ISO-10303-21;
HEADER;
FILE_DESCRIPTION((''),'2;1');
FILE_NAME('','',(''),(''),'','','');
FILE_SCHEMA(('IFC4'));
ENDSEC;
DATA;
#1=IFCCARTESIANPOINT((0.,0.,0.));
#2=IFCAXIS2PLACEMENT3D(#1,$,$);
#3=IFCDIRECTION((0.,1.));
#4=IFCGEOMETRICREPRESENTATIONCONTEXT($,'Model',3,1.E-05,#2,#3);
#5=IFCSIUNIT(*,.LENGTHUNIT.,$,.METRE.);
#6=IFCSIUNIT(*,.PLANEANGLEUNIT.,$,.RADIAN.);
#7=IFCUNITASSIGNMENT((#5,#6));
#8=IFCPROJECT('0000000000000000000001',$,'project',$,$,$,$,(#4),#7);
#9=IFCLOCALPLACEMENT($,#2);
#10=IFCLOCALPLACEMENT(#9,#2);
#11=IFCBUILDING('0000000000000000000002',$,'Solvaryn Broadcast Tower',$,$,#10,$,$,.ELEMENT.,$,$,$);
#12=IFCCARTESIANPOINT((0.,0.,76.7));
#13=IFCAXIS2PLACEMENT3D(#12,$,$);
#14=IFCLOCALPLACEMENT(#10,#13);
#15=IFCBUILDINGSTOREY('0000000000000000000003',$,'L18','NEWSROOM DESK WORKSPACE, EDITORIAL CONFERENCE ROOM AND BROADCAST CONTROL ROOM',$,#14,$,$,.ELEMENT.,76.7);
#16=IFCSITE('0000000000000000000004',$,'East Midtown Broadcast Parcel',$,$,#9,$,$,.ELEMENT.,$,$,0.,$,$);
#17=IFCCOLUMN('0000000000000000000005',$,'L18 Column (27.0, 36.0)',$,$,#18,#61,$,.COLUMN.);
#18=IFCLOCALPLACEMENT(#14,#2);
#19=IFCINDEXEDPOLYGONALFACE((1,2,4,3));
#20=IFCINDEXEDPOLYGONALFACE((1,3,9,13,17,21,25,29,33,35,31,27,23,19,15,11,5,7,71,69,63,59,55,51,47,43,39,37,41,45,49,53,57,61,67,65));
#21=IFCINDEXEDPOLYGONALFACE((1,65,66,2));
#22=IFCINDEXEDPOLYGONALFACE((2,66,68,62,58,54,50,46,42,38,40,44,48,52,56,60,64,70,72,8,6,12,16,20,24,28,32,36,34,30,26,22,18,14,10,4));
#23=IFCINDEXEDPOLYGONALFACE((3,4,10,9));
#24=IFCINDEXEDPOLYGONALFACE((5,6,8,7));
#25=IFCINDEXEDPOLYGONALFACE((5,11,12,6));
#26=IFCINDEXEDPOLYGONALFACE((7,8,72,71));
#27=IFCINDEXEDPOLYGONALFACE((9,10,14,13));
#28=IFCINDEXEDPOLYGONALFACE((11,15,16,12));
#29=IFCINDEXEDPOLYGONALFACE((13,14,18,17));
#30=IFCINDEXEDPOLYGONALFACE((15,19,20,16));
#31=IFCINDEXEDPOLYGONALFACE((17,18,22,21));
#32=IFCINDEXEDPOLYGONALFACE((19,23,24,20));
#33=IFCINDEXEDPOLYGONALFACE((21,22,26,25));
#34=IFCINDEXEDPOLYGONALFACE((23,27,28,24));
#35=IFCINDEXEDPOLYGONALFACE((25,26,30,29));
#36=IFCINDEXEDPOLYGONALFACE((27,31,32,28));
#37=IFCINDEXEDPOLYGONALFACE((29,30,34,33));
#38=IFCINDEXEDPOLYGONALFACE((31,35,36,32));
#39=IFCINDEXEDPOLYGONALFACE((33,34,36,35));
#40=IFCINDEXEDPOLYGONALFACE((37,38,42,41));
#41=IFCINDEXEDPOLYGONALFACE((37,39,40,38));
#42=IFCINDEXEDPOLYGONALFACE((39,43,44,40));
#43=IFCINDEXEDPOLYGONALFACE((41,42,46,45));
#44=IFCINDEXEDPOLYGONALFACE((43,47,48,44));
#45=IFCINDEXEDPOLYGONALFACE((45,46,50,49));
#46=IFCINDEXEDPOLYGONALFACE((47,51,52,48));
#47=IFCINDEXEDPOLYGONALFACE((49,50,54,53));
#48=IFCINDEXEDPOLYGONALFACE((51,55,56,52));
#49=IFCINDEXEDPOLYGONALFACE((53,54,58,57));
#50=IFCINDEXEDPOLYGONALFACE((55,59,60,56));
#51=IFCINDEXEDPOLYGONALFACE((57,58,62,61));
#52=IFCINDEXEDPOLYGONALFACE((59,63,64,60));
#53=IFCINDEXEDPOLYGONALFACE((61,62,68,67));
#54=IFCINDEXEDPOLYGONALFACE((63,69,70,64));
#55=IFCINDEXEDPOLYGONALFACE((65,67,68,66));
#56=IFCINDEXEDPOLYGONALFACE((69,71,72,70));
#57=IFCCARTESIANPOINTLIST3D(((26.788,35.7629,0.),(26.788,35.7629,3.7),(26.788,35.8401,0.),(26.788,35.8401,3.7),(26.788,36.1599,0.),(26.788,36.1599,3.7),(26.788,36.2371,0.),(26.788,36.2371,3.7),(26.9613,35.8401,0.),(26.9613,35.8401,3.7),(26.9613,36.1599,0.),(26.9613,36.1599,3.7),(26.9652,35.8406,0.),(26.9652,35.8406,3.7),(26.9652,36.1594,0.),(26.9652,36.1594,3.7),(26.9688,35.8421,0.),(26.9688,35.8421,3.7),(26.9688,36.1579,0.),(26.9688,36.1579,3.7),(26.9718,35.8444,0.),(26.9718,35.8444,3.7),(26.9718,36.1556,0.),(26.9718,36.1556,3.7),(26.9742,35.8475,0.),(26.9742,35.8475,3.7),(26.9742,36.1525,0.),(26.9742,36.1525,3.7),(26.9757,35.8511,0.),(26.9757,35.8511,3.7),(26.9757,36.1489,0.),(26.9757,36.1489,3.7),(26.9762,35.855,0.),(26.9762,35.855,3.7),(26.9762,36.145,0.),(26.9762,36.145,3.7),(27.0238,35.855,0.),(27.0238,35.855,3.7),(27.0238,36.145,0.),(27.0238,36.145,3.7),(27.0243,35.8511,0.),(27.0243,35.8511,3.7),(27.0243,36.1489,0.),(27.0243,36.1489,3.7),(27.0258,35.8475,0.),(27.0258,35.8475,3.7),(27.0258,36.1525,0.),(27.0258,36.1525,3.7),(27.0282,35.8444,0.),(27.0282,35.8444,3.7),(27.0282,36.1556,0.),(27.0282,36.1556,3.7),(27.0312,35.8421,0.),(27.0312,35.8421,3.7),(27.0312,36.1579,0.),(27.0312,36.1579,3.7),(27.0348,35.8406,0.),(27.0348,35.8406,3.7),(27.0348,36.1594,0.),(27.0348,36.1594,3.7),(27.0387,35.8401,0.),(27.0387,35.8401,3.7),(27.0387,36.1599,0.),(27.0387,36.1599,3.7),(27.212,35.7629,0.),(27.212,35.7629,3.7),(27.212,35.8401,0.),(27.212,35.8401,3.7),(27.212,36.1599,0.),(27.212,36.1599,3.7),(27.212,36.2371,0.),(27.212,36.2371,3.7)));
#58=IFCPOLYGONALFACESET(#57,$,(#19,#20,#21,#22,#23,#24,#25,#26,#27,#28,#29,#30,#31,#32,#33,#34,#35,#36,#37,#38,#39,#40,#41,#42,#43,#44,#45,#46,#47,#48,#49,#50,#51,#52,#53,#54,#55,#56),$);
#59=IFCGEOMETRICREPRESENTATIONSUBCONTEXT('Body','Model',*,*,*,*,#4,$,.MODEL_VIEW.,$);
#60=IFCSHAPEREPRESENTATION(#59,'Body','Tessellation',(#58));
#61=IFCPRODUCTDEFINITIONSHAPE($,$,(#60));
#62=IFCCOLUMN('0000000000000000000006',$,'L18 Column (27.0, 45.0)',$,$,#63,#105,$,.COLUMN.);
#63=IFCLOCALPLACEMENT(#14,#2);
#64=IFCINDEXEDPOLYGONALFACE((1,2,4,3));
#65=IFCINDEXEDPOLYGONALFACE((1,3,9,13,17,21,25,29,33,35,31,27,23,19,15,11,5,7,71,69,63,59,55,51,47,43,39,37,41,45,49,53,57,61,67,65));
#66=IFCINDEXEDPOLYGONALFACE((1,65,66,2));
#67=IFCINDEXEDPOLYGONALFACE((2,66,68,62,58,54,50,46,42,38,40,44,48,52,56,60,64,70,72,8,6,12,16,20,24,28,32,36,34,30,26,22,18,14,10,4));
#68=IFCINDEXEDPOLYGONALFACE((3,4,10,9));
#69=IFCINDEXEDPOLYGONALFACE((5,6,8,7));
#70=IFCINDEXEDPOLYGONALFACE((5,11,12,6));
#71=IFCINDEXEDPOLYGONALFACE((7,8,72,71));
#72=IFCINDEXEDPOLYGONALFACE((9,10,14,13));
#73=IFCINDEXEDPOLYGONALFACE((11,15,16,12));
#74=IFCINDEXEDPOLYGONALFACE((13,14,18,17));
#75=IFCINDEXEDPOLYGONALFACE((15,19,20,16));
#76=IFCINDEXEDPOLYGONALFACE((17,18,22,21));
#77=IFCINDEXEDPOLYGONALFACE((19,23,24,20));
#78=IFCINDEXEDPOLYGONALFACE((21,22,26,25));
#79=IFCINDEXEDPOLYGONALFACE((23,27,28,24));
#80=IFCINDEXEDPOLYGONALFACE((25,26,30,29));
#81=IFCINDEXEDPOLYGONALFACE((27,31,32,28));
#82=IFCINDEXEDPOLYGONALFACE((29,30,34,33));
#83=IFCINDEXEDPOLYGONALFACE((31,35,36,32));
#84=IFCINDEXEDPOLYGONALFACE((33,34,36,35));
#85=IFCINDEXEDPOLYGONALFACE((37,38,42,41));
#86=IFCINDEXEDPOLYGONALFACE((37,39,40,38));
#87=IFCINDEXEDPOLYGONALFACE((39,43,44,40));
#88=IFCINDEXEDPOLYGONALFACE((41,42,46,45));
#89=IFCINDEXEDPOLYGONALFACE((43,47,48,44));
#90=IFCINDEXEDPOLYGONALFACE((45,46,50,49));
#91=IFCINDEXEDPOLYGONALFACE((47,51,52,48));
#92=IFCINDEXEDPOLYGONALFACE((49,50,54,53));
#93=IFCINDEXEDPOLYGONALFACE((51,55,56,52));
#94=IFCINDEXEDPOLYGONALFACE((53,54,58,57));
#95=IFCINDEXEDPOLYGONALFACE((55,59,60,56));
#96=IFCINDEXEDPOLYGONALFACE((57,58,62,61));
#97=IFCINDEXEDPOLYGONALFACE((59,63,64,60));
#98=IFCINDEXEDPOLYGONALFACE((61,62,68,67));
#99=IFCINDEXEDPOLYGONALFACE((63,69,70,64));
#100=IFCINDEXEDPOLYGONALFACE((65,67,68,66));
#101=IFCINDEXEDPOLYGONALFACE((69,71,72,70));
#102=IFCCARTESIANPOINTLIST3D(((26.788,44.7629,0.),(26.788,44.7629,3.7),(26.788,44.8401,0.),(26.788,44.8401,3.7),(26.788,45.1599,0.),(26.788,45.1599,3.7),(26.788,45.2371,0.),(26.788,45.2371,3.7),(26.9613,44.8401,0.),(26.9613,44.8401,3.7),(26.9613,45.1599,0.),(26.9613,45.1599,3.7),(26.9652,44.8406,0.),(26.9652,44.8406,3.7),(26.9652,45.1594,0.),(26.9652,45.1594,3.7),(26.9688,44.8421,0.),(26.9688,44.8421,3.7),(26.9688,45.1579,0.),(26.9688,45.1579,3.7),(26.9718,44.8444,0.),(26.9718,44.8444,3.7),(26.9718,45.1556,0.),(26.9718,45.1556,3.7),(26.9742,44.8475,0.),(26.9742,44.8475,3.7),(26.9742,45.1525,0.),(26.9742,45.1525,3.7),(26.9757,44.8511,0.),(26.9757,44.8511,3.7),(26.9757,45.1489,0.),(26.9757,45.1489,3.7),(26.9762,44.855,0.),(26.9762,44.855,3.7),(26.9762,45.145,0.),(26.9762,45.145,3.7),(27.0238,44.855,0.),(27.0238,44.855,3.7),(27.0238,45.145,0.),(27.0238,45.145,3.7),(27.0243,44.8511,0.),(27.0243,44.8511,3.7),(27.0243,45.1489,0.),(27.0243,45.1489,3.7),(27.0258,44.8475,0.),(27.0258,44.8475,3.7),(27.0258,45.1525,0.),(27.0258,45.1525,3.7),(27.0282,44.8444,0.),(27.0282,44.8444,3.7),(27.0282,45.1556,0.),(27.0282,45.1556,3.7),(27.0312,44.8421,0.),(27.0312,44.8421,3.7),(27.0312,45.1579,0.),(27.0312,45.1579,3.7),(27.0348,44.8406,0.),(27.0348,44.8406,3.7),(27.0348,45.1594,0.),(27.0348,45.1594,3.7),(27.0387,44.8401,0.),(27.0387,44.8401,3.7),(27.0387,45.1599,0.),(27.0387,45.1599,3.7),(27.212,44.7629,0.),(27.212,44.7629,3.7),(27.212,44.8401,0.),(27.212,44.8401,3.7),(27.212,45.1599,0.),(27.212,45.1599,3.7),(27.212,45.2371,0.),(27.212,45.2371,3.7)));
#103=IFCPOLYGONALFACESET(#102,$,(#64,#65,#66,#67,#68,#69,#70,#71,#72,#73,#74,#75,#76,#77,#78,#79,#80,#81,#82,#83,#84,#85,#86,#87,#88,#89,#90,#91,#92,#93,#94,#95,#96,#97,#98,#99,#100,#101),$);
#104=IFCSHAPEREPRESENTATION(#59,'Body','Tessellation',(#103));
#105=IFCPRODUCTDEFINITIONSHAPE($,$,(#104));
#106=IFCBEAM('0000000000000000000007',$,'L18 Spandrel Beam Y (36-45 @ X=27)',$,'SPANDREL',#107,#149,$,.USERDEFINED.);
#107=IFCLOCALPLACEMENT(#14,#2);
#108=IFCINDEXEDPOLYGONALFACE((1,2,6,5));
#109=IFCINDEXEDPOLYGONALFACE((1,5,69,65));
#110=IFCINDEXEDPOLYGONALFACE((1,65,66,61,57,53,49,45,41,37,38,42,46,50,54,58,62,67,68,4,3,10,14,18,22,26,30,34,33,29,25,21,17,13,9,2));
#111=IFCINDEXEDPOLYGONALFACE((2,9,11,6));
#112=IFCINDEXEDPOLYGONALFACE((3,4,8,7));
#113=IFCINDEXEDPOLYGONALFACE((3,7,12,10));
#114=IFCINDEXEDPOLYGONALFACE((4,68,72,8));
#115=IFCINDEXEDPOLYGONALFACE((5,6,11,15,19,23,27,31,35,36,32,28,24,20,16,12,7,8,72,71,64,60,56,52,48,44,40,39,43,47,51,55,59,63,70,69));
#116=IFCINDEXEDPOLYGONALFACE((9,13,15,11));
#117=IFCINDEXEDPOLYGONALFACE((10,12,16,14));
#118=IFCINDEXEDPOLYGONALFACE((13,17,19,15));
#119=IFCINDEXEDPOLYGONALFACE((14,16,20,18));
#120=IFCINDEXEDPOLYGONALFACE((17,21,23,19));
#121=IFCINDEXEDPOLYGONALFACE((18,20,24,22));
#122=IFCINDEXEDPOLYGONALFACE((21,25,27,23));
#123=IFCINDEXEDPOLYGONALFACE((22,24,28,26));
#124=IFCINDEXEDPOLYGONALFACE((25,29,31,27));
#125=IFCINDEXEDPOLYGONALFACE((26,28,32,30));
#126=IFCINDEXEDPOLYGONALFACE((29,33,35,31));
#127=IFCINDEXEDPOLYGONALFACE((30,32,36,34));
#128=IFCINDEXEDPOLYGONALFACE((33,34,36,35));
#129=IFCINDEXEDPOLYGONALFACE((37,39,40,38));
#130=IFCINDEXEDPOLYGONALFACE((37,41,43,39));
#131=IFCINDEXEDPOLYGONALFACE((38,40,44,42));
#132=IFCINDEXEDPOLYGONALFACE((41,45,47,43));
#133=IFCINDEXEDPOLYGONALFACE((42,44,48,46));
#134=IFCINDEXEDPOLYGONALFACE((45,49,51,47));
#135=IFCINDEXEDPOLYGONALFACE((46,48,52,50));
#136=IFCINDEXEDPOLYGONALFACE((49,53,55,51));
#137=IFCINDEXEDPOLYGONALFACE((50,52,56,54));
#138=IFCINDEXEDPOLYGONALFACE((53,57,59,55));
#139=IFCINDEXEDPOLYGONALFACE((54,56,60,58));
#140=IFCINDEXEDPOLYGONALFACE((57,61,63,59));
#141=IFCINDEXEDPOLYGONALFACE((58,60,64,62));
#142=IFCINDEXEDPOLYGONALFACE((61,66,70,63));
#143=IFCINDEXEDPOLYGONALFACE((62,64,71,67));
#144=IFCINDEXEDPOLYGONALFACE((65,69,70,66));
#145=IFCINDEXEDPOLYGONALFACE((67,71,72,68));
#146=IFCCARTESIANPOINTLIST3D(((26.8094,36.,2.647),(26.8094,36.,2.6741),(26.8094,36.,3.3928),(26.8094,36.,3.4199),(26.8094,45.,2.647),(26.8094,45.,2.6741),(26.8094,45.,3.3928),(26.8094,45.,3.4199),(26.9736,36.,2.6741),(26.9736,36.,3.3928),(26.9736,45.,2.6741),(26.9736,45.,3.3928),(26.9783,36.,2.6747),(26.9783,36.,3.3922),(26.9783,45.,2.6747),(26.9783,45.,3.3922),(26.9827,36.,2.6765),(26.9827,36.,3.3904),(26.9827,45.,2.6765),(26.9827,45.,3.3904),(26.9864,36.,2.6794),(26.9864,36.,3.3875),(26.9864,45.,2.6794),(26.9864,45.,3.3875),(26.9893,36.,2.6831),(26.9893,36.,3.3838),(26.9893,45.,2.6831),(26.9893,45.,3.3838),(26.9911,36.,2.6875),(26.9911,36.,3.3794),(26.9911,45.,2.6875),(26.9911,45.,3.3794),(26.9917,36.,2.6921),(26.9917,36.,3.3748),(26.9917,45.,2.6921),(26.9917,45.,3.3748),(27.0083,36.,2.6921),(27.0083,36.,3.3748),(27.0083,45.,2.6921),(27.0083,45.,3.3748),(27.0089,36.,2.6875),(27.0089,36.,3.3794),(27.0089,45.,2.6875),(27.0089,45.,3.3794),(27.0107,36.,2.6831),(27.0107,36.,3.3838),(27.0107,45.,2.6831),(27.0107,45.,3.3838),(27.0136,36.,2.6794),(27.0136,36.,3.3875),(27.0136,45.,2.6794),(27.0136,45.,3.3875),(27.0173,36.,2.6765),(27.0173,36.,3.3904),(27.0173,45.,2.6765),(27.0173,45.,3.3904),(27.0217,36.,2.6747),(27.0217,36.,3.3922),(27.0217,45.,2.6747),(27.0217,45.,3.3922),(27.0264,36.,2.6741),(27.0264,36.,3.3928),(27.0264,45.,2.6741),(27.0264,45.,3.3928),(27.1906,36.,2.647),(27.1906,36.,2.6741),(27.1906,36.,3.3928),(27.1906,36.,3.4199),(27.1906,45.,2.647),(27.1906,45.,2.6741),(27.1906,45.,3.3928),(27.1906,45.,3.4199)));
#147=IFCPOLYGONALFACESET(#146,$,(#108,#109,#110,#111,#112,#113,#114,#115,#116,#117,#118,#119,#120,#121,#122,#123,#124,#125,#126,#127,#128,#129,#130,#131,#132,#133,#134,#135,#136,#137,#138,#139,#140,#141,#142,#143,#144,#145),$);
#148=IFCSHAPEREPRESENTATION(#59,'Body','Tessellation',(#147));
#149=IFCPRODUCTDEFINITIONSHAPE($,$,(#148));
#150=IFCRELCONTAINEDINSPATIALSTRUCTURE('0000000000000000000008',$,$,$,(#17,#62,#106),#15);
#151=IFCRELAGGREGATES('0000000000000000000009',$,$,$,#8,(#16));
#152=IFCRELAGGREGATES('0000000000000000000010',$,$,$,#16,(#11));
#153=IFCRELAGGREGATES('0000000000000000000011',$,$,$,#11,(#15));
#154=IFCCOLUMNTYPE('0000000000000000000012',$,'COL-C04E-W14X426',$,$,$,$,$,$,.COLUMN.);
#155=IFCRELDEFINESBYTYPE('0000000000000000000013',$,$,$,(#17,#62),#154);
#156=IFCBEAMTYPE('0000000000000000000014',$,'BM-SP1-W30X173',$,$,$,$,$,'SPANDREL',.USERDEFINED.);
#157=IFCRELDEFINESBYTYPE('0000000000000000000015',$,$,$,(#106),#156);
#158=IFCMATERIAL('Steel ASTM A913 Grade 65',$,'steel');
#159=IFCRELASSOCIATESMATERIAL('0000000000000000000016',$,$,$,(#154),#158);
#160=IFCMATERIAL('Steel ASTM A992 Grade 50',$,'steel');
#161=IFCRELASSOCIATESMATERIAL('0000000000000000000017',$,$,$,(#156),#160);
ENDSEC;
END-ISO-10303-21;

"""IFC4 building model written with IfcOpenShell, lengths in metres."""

from ifc_helpers import new_model, si_unit, direction, frame, origin, origin_2d, place, context, subcontext, project, spatial, i_section, extrude, material, material_profile, profile_set, type_object, element, save


model = new_model("IFC4")

# Units and contexts
model_context = context("Model", 3, precision=1e-05, world=origin(), true_north=direction((0.0, 1.0)))
body_context = subcontext(model_context, "Body", "Model", "MODEL_VIEW")
ifc_project = project(units=[si_unit("LENGTHUNIT", "METRE"), si_unit("PLANEANGLEUNIT", "RADIAN")], contexts=[model_context])

# Site, building, storey
site_placement = place(None, origin())
site = spatial("IfcSite", under=ifc_project, at=site_placement, Name="East Midtown Broadcast Parcel", CompositionType="ELEMENT", RefElevation=0.0)
building_placement = place(site_placement, origin())
building = spatial("IfcBuilding", under=site, at=building_placement, Name="Solvaryn Broadcast Tower", CompositionType="ELEMENT")
storey_placement = place(building_placement, frame((0.0, 0.0, 76.7)))
storey = spatial("IfcBuildingStorey", under=building, at=storey_placement, Name="L18", Description="NEWSROOM DESK WORKSPACE, EDITORIAL CONFERENCE ROOM AND BROADCAST CONTROL ROOM", CompositionType="ELEMENT", Elevation=76.7)

# Columns
ifc_material_1 = material(Name="Steel ASTM A913 Grade 65", Category="steel")
ifc_material_profile_1 = material_profile(ifc_material_1, i_section(OverallWidth=0.4241, OverallDepth=0.4741, WebThickness=0.0476, FlangeThickness=0.0771, FilletRadius=0.0149, at=origin_2d()))
ifc_profile_set_1 = profile_set([ifc_material_profile_1], Name="Steel ASTM A913 Grade 65")
column_type = type_object("IfcColumnType", Name="COL-C04E-W14X426", PredefinedType="COLUMN", material=ifc_profile_set_1)
for number, where, z_axis, x_axis, name in (
    (1, (27.0, 36.0, 0.0), (0.0, 0.0, 1.0), (1.0, 0.0, 0.0), "L18 Column (27.0, 36.0)"),
    (2, (27.0, 45.0, 0.0), (0.0, 0.0, 1.0), (1.0, 0.0, 0.0), "L18 Column (27.0, 45.0)"),
):
    element("IfcColumn", number, at=place(storey_placement, frame(where, z_axis=z_axis, x_axis=x_axis)), inside=storey, type_object=column_type, Name=name, PredefinedType="COLUMN", context=body_context, shape_type="SweptSolid", body=[
        extrude(i_section(OverallWidth=0.4241, OverallDepth=0.4741, WebThickness=0.0476, FlangeThickness=0.0771, FilletRadius=0.0149, at=origin_2d()), origin(), (0.0, 0.0, 1.0), 3.7),
    ])

# Beam
ifc_material_2 = material(Name="Steel ASTM A992 Grade 50", Category="steel")
ifc_material_profile_2 = material_profile(ifc_material_2, i_section(OverallWidth=0.3811, OverallDepth=0.7729, WebThickness=0.0166, FlangeThickness=0.0271, FilletRadius=0.0181, at=origin_2d()))
ifc_profile_set_2 = profile_set([ifc_material_profile_2], Name="Steel ASTM A992 Grade 50")
beam_type = type_object("IfcBeamType", Name="BM-SP1-W30X173", ElementType="SPANDREL", PredefinedType="USERDEFINED", material=ifc_profile_set_2)
beam_placement = place(storey_placement, frame((27.0, 36.0, 3.0334), z_axis=(0.0, 1.0, 0.0), x_axis=(-1.0, 0.0, 0.0)))
element("IfcBeam", 3, at=beam_placement, inside=storey, type_object=beam_type, Name="L18 Spandrel Beam Y (36-45 @ X=27)", ObjectType="SPANDREL", PredefinedType="USERDEFINED", context=body_context, shape_type="SweptSolid", body=[
    extrude(i_section(OverallWidth=0.3811, OverallDepth=0.7729, WebThickness=0.0166, FlangeThickness=0.0271, FilletRadius=0.0181, at=origin_2d()), origin(), (0.0, 0.0, 1.0), 9.0),
])

save(model, "model.ifc")
